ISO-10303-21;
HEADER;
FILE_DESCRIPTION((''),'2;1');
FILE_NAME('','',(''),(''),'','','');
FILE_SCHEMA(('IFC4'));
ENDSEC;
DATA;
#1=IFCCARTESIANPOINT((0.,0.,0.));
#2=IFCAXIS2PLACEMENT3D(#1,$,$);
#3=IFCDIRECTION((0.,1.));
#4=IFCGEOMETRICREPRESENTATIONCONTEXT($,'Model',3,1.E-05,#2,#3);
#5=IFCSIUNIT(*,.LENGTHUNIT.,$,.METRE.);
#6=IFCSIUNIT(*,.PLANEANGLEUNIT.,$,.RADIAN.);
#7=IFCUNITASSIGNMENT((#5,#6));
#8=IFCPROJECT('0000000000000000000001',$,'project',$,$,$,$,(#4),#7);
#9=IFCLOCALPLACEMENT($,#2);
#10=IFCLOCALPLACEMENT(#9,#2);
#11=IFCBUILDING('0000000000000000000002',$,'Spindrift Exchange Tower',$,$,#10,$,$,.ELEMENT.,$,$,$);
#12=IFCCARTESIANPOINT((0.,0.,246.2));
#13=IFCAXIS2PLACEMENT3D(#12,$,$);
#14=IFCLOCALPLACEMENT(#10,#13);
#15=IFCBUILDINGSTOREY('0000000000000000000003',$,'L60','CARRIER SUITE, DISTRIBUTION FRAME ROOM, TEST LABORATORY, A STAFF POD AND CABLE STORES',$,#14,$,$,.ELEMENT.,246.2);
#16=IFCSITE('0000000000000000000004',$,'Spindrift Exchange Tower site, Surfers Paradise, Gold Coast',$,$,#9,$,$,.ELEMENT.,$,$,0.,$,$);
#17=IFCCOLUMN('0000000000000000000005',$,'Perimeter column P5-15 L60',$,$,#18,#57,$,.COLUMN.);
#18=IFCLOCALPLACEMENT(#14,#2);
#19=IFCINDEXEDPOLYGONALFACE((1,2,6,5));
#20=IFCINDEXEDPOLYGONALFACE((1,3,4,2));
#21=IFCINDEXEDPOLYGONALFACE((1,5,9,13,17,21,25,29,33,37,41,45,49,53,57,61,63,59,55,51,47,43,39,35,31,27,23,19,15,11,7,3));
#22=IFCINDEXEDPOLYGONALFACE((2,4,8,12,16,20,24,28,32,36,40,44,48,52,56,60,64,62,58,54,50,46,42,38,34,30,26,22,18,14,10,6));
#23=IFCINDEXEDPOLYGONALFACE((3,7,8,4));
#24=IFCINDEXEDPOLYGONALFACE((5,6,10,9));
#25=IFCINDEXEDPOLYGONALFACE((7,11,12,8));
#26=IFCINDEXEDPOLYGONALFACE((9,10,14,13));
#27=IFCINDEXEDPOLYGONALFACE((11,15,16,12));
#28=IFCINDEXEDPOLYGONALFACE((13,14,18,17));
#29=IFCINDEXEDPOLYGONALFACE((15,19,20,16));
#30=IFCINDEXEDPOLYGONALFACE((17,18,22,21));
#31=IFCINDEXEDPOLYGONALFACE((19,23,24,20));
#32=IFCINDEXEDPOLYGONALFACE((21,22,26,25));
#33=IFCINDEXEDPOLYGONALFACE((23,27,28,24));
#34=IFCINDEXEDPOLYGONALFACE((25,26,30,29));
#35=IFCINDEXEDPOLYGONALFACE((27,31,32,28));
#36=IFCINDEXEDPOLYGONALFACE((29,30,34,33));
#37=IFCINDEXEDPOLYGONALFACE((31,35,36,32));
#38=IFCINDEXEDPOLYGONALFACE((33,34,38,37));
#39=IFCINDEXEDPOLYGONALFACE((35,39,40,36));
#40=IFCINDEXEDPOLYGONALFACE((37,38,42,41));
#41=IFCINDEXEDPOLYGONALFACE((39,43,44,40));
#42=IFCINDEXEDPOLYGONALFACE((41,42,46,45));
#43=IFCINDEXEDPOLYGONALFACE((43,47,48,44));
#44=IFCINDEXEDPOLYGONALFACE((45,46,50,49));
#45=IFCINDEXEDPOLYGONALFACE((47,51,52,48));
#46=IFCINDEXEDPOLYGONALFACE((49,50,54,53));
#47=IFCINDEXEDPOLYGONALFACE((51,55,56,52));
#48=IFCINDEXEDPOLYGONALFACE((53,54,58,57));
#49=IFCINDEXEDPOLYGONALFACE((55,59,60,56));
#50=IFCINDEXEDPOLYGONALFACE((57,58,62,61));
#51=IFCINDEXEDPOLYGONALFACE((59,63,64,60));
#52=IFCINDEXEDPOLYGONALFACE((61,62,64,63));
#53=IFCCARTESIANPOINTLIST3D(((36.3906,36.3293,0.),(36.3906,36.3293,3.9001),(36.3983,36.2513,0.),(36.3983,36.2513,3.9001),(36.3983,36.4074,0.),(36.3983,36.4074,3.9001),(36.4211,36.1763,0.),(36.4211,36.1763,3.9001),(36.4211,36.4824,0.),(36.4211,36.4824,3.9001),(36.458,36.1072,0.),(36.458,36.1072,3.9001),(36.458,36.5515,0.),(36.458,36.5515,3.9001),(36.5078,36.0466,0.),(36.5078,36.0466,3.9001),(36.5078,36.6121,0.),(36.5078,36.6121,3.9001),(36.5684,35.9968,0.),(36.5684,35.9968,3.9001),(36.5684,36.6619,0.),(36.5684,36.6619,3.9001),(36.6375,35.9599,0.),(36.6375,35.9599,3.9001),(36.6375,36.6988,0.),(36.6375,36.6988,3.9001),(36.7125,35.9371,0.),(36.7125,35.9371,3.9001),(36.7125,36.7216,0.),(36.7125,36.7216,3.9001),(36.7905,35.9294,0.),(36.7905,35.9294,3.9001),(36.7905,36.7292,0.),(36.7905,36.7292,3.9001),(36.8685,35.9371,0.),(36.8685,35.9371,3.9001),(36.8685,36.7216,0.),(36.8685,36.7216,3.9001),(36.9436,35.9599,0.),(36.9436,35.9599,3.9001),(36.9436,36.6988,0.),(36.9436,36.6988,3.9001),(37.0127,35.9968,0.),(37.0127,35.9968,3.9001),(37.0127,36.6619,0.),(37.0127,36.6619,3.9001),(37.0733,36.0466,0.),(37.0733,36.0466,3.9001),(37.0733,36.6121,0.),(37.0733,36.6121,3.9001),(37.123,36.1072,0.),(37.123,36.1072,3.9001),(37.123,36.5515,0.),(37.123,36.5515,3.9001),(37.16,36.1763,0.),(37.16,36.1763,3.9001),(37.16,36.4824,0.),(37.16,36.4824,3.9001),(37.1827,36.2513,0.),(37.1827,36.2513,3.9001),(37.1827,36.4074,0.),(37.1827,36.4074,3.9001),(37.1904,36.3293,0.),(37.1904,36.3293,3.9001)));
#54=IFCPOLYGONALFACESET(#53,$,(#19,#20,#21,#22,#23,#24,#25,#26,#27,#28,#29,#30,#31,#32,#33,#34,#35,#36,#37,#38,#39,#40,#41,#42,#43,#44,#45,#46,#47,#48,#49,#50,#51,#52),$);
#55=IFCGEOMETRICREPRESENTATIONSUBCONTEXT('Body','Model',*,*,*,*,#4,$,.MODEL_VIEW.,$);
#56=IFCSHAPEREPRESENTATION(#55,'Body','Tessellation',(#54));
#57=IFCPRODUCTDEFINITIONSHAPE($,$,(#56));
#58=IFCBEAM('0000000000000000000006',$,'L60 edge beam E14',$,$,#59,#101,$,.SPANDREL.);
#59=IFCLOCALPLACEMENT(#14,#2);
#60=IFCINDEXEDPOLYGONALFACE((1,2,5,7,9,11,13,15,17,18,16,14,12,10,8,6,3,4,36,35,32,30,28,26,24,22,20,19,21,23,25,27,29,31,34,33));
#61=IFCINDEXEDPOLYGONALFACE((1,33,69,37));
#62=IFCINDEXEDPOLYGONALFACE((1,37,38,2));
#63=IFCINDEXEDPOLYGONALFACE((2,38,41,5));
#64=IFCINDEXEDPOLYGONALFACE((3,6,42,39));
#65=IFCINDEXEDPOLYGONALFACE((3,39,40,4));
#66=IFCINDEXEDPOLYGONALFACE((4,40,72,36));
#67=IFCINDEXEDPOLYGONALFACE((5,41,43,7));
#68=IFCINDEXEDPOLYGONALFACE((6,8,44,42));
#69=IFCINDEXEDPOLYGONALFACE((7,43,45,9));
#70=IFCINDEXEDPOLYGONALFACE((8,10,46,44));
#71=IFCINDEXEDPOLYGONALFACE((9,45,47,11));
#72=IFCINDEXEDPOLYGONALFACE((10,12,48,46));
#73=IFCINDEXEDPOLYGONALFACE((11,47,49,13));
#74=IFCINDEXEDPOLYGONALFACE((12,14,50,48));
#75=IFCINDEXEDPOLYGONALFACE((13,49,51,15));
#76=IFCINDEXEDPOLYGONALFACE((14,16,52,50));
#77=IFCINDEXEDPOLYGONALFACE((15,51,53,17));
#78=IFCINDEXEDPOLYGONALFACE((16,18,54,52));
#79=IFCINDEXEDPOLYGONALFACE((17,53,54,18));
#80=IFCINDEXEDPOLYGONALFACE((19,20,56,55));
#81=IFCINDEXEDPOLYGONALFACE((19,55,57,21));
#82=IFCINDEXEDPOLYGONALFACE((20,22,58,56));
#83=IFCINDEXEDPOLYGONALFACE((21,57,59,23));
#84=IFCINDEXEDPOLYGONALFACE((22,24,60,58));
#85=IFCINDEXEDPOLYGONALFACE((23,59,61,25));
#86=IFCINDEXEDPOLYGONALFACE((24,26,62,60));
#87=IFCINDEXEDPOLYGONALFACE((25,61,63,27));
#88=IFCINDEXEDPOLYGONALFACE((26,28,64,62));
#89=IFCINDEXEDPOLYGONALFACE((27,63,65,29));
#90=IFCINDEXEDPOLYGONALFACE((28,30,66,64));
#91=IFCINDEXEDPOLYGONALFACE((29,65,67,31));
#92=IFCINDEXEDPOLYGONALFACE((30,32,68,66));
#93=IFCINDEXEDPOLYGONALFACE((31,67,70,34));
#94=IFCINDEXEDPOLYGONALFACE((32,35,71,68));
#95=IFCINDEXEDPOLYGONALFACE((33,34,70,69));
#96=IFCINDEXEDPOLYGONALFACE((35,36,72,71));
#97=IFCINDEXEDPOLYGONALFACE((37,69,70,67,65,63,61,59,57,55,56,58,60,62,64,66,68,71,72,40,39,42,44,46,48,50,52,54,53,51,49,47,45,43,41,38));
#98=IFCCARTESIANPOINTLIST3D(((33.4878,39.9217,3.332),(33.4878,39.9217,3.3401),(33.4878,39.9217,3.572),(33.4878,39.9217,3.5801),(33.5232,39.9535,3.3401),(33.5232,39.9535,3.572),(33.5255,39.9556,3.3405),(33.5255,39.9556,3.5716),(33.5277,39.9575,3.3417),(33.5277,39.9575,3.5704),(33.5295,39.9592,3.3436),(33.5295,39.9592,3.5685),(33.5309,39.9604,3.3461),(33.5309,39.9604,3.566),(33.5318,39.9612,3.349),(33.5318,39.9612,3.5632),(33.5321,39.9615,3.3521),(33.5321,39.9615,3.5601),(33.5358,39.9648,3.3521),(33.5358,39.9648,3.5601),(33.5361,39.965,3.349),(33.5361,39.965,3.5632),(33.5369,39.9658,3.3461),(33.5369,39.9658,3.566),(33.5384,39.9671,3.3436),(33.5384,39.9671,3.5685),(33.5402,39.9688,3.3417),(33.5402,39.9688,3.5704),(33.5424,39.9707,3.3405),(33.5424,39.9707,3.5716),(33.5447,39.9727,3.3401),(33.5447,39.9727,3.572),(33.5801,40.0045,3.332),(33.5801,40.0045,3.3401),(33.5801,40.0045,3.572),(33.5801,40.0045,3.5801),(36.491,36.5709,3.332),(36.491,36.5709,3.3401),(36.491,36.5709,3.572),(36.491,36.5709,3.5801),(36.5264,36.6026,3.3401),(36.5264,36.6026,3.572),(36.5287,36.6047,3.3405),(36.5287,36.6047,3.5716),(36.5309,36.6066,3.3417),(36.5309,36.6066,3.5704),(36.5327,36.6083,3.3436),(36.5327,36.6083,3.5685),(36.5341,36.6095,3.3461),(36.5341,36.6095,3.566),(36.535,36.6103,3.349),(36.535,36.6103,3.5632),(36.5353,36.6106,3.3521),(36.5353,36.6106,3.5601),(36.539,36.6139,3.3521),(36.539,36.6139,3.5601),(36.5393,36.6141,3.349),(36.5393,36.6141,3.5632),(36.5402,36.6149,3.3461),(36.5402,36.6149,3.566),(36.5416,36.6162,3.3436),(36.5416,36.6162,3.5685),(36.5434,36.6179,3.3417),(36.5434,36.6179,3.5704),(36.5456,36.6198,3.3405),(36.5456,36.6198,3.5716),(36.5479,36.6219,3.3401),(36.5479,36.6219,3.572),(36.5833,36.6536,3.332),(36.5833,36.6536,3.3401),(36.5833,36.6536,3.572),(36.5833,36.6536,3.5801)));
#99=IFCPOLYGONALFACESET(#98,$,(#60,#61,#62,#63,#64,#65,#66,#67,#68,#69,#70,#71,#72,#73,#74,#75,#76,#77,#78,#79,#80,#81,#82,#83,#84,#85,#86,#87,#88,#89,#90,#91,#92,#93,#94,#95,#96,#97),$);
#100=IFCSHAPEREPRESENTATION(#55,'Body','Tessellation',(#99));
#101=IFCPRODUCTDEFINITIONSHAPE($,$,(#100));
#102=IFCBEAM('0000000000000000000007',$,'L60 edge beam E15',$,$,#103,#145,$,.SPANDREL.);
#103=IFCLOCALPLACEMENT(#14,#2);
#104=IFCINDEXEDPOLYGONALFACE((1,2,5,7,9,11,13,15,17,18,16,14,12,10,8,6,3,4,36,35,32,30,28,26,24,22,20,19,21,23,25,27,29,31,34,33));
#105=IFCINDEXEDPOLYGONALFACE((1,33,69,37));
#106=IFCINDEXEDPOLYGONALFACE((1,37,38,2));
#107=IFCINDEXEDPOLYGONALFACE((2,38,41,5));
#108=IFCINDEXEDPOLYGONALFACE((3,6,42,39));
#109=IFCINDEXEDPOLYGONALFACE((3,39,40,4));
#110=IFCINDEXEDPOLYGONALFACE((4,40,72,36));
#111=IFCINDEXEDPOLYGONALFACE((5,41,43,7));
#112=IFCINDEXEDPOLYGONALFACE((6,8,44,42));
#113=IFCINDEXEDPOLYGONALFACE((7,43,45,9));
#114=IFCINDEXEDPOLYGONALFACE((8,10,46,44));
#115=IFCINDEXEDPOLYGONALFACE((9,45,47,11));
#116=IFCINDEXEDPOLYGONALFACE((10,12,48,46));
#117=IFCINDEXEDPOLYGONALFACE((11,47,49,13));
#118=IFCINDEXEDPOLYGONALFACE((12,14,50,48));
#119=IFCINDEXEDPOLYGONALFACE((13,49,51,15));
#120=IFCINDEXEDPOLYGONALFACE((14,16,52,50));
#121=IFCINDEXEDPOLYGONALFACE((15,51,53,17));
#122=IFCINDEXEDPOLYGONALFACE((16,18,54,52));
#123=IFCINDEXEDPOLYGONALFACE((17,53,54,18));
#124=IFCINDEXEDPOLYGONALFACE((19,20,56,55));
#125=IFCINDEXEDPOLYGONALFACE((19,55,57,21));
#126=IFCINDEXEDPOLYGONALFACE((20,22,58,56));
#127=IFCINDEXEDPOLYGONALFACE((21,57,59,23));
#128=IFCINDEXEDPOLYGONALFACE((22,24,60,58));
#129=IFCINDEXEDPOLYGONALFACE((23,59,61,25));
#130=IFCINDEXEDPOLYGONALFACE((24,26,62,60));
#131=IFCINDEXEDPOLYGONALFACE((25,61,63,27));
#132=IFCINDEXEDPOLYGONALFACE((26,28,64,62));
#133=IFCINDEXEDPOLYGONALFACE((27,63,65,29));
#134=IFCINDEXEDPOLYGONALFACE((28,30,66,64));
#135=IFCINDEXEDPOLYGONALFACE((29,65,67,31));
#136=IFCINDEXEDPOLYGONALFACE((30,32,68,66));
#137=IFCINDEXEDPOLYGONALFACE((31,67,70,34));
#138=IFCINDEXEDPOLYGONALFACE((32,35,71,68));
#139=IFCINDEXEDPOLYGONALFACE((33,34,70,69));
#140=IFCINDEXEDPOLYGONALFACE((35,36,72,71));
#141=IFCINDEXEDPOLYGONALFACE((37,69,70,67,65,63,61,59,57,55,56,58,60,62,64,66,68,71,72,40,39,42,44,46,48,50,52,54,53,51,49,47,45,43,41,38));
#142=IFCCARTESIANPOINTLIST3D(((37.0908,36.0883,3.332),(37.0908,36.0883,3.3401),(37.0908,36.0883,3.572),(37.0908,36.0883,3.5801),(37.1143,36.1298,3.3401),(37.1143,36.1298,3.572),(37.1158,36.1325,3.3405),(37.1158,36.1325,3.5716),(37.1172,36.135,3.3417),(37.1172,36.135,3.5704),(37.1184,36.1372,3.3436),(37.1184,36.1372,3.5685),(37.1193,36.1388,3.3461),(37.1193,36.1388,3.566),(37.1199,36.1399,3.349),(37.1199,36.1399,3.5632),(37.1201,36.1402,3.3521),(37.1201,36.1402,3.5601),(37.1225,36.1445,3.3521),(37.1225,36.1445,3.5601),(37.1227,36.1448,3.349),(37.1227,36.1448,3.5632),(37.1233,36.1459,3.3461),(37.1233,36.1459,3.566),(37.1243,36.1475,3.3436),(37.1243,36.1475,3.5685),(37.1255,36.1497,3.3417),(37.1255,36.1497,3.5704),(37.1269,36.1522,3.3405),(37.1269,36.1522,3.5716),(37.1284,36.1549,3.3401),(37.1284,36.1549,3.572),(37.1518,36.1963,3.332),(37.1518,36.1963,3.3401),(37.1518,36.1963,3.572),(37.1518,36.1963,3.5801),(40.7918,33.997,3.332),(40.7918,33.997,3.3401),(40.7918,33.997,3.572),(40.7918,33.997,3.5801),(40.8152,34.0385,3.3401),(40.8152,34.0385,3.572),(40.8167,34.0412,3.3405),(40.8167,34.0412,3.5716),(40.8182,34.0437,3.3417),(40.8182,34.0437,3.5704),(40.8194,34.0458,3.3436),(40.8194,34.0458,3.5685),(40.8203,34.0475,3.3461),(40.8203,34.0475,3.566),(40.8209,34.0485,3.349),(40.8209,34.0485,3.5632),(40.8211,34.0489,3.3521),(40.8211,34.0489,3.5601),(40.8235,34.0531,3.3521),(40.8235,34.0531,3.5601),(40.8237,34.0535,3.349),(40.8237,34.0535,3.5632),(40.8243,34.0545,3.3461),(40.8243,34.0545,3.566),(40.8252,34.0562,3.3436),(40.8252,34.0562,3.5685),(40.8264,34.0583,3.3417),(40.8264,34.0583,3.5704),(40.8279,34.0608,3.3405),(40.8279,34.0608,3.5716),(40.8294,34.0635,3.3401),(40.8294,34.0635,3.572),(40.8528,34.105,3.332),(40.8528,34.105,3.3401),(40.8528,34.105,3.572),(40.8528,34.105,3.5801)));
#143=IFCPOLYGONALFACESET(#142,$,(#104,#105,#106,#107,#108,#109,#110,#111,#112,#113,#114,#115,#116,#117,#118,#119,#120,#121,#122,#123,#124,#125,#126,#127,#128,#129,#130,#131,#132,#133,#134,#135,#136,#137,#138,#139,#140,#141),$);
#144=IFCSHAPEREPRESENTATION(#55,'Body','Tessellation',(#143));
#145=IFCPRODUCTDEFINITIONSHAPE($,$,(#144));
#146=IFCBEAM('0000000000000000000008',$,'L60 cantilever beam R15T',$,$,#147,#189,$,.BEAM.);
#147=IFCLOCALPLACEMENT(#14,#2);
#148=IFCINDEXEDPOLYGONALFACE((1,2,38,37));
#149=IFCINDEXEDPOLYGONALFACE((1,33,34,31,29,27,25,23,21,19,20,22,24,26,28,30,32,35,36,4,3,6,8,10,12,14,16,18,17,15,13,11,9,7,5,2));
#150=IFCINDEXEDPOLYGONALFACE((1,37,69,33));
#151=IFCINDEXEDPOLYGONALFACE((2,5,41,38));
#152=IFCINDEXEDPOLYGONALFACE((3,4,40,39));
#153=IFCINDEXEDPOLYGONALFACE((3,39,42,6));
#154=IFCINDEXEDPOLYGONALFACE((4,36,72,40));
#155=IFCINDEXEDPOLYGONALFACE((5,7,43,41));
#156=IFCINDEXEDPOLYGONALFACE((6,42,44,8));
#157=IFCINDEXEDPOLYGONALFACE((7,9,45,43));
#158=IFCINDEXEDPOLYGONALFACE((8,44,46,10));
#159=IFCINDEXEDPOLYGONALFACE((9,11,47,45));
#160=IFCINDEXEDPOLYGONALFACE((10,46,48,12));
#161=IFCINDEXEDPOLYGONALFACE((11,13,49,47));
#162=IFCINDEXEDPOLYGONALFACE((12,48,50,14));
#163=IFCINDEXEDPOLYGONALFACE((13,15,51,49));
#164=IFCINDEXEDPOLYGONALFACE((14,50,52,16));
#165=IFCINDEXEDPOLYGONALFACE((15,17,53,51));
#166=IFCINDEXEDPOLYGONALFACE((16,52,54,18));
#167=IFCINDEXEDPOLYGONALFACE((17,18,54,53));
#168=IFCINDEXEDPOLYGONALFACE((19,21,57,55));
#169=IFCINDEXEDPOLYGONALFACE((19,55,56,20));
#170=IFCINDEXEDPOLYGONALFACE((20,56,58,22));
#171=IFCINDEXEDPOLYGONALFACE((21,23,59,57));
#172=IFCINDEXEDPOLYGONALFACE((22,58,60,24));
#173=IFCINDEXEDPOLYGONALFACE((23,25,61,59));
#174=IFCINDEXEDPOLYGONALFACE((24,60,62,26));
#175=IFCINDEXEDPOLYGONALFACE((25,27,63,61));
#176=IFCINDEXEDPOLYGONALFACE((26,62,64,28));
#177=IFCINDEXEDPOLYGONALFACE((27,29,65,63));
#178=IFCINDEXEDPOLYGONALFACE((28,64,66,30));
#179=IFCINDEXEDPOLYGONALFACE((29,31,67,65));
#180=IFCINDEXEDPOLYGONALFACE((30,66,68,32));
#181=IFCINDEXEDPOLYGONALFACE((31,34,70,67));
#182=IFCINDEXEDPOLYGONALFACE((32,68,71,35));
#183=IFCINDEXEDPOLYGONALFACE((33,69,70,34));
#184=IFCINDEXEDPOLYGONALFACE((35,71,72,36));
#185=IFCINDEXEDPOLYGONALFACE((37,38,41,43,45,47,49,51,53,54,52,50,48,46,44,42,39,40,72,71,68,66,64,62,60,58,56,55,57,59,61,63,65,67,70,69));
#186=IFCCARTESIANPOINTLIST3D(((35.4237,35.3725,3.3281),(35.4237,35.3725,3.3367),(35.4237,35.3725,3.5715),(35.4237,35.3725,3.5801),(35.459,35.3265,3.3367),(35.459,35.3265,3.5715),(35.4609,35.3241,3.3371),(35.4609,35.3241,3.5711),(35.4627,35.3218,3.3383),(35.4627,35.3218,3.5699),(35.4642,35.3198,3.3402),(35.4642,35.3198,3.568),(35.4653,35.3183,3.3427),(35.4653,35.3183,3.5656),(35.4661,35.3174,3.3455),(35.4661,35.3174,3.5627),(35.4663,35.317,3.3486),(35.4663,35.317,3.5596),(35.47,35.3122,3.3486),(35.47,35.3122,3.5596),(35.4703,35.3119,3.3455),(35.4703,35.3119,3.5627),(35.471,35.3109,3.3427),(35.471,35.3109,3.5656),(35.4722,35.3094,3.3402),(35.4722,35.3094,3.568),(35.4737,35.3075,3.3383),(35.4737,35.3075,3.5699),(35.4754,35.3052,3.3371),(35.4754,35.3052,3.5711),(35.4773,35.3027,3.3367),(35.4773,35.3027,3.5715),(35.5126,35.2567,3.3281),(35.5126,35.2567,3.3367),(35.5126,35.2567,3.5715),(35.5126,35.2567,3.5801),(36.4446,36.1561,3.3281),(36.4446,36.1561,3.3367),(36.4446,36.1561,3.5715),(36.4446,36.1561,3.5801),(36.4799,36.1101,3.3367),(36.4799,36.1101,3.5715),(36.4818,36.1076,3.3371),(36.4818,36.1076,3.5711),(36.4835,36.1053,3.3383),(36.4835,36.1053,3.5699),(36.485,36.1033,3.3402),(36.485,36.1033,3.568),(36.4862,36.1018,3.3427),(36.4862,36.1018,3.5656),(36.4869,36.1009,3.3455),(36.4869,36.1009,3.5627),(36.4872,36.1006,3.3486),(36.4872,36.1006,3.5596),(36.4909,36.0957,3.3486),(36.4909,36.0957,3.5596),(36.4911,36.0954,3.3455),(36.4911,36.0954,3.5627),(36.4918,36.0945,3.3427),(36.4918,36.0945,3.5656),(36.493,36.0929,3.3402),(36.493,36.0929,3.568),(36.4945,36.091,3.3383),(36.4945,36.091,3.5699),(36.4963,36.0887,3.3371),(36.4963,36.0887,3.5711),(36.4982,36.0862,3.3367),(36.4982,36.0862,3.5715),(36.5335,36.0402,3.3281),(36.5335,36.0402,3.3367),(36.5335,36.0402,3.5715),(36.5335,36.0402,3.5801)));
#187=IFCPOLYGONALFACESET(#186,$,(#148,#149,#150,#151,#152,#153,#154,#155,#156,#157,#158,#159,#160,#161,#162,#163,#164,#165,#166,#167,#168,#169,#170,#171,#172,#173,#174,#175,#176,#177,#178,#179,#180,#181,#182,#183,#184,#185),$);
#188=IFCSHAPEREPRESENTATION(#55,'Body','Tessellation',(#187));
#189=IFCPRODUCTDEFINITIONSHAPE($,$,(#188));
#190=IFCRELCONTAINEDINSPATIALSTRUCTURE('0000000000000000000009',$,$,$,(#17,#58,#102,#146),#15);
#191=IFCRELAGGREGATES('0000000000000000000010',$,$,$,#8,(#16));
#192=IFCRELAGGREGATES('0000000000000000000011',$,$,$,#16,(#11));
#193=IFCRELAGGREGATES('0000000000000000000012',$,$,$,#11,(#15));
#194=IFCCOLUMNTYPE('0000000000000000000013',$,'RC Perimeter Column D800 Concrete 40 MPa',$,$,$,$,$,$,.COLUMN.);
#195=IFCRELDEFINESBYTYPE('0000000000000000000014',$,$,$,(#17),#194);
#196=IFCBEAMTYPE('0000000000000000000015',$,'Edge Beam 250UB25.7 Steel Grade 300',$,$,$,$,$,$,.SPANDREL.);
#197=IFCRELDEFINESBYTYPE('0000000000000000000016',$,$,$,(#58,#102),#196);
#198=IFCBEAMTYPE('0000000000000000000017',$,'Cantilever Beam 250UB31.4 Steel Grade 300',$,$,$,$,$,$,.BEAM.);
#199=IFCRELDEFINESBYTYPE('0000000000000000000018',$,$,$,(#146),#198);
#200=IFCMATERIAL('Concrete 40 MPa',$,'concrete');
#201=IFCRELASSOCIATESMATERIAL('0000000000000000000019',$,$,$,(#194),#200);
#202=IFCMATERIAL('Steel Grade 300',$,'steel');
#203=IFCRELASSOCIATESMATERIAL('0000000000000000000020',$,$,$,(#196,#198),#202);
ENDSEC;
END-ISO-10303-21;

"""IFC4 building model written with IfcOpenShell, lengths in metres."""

from ifc_helpers import new_model, si_unit, direction, frame, origin, origin_2d, place, context, subcontext, project, spatial, circle, i_section, extrude, source, transform, mapped, material, material_profile, profile_set, type_object, element, save


model = new_model("IFC4")

# Units and contexts
model_context = context("Model", 3, precision=1e-05, world=origin(), true_north=direction((0.0, 1.0)))
body_context = subcontext(model_context, "Body", "Model", "MODEL_VIEW")
ifc_project = project(units=[si_unit("LENGTHUNIT", "METRE"), si_unit("PLANEANGLEUNIT", "RADIAN")], contexts=[model_context])

# Site, building, storey
site_placement = place(None, origin())
site = spatial("IfcSite", under=ifc_project, at=site_placement, Name="Spindrift Exchange Tower site, Surfers Paradise, Gold Coast", CompositionType="ELEMENT", RefElevation=0.0)
building_placement = place(site_placement, origin())
building = spatial("IfcBuilding", under=site, at=building_placement, Name="Spindrift Exchange Tower", CompositionType="ELEMENT")
storey_placement = place(building_placement, frame((0.0, 0.0, 246.2)))
storey = spatial("IfcBuildingStorey", under=building, at=storey_placement, Name="L60", Description="CARRIER SUITE, DISTRIBUTION FRAME ROOM, TEST LABORATORY, A STAFF POD AND CABLE STORES", CompositionType="ELEMENT", Elevation=246.2)

# Column
ifc_material_1 = material(Name="Concrete 40 MPa", Category="concrete")
ifc_material_profile_1 = material_profile(ifc_material_1, circle(Radius=0.3999, at=origin_2d()), Name="RC D800")
ifc_profile_set_1 = profile_set([ifc_material_profile_1], Name="Concrete 40 MPa")
column_type = type_object("IfcColumnType", Name="RC Perimeter Column D800 Concrete 40 MPa", PredefinedType="COLUMN", material=ifc_profile_set_1)
shared_shape_1 = source(origin(), body_context, "Body", "SweptSolid", [
    extrude(circle(Radius=0.3999, at=origin_2d()), origin(), (0.0, 0.0, 1.0), 3.9001),
])
column_placement = place(storey_placement, frame((36.7905, 36.3293, 0.0), z_axis=(0.0, 0.0, 1.0), x_axis=(1.0, 0.0, 0.0)))
element("IfcColumn", 1, at=column_placement, inside=storey, type_object=column_type, Name="Perimeter column P5-15 L60", PredefinedType="COLUMN", context=body_context, shape_type="MappedRepresentation", body=[
    mapped(shared_shape_1, transform((0.0, 0.0, 0.0), scale=1.0)),
])

# Beams
ifc_material_2 = material(Name="Steel Grade 300", Category="steel")
ifc_material_profile_2 = material_profile(ifc_material_2, i_section(OverallWidth=0.124, OverallDepth=0.248, WebThickness=0.0049, FlangeThickness=0.0081, FilletRadius=0.012, at=origin_2d()), Name="250UB25.7")
ifc_profile_set_2 = profile_set([ifc_material_profile_2], Name="Steel Grade 300")
beam_type_1 = type_object("IfcBeamType", Name="Edge Beam 250UB25.7 Steel Grade 300", PredefinedType="SPANDREL", material=ifc_profile_set_2)
shared_shape_2 = source(origin(), body_context, "Body", "SweptSolid", [
    extrude(i_section(OverallWidth=0.124, OverallDepth=0.248, WebThickness=0.0049, FlangeThickness=0.0081, FilletRadius=0.012, at=origin_2d()), origin(), (0.0, 0.0, 1.0), 4.4998),
])
beam_1_placement = place(storey_placement, frame((33.5339, 39.9631, 3.4561), z_axis=(0.66742, -0.744682, 0.0), x_axis=(0.744682, 0.66742, 0.0)))
element("IfcBeam", 2, at=beam_1_placement, inside=storey, type_object=beam_type_1, Name="L60 edge beam E14", PredefinedType="SPANDREL", context=body_context, shape_type="MappedRepresentation", body=[
    mapped(shared_shape_2, transform((0.0, 0.0, 0.0), scale=1.0)),
])
shared_shape_3 = source(origin(), body_context, "Body", "SweptSolid", [
    extrude(i_section(OverallWidth=0.124, OverallDepth=0.248, WebThickness=0.0049, FlangeThickness=0.0081, FilletRadius=0.012, at=origin_2d()), origin(), (0.0, 0.0, 1.0), 4.251),
])
beam_2_placement = place(storey_placement, frame((37.1213, 36.1423, 3.4561), z_axis=(0.870615, -0.491965, 0.0), x_axis=(0.491965, 0.870615, 0.0)))
element("IfcBeam", 3, at=beam_2_placement, inside=storey, type_object=beam_type_1, Name="L60 edge beam E15", PredefinedType="SPANDREL", context=body_context, shape_type="MappedRepresentation", body=[
    mapped(shared_shape_3, transform((0.0, 0.0, 0.0), scale=1.0)),
])
ifc_material_profile_3 = material_profile(ifc_material_2, i_section(OverallWidth=0.146, OverallDepth=0.252, WebThickness=0.0061, FlangeThickness=0.0085, FilletRadius=0.012, at=origin_2d()), Name="250UB31.4")
ifc_profile_set_3 = profile_set([ifc_material_profile_3], Name="Steel Grade 300")
beam_type_2 = type_object("IfcBeamType", Name="Cantilever Beam 250UB31.4 Steel Grade 300", PredefinedType="BEAM", material=ifc_profile_set_3)
shared_shape_4 = source(origin(), body_context, "Body", "SweptSolid", [
    extrude(i_section(OverallWidth=0.146, OverallDepth=0.252, WebThickness=0.0061, FlangeThickness=0.0085, FilletRadius=0.012, at=origin_2d()), origin(), (0.0, 0.0, 1.0), 1.2869),
])
beam_3_placement = place(storey_placement, frame((36.489, 36.0981, 3.4541), z_axis=(-0.793279, -0.608858, 0.0), x_axis=(0.608858, -0.793279, 0.0)))
element("IfcBeam", 4, at=beam_3_placement, inside=storey, type_object=beam_type_2, Name="L60 cantilever beam R15T", PredefinedType="BEAM", context=body_context, shape_type="MappedRepresentation", body=[
    mapped(shared_shape_4, transform((0.0, 0.0, 0.0), scale=1.0)),
])

save(model, "model.ifc")
